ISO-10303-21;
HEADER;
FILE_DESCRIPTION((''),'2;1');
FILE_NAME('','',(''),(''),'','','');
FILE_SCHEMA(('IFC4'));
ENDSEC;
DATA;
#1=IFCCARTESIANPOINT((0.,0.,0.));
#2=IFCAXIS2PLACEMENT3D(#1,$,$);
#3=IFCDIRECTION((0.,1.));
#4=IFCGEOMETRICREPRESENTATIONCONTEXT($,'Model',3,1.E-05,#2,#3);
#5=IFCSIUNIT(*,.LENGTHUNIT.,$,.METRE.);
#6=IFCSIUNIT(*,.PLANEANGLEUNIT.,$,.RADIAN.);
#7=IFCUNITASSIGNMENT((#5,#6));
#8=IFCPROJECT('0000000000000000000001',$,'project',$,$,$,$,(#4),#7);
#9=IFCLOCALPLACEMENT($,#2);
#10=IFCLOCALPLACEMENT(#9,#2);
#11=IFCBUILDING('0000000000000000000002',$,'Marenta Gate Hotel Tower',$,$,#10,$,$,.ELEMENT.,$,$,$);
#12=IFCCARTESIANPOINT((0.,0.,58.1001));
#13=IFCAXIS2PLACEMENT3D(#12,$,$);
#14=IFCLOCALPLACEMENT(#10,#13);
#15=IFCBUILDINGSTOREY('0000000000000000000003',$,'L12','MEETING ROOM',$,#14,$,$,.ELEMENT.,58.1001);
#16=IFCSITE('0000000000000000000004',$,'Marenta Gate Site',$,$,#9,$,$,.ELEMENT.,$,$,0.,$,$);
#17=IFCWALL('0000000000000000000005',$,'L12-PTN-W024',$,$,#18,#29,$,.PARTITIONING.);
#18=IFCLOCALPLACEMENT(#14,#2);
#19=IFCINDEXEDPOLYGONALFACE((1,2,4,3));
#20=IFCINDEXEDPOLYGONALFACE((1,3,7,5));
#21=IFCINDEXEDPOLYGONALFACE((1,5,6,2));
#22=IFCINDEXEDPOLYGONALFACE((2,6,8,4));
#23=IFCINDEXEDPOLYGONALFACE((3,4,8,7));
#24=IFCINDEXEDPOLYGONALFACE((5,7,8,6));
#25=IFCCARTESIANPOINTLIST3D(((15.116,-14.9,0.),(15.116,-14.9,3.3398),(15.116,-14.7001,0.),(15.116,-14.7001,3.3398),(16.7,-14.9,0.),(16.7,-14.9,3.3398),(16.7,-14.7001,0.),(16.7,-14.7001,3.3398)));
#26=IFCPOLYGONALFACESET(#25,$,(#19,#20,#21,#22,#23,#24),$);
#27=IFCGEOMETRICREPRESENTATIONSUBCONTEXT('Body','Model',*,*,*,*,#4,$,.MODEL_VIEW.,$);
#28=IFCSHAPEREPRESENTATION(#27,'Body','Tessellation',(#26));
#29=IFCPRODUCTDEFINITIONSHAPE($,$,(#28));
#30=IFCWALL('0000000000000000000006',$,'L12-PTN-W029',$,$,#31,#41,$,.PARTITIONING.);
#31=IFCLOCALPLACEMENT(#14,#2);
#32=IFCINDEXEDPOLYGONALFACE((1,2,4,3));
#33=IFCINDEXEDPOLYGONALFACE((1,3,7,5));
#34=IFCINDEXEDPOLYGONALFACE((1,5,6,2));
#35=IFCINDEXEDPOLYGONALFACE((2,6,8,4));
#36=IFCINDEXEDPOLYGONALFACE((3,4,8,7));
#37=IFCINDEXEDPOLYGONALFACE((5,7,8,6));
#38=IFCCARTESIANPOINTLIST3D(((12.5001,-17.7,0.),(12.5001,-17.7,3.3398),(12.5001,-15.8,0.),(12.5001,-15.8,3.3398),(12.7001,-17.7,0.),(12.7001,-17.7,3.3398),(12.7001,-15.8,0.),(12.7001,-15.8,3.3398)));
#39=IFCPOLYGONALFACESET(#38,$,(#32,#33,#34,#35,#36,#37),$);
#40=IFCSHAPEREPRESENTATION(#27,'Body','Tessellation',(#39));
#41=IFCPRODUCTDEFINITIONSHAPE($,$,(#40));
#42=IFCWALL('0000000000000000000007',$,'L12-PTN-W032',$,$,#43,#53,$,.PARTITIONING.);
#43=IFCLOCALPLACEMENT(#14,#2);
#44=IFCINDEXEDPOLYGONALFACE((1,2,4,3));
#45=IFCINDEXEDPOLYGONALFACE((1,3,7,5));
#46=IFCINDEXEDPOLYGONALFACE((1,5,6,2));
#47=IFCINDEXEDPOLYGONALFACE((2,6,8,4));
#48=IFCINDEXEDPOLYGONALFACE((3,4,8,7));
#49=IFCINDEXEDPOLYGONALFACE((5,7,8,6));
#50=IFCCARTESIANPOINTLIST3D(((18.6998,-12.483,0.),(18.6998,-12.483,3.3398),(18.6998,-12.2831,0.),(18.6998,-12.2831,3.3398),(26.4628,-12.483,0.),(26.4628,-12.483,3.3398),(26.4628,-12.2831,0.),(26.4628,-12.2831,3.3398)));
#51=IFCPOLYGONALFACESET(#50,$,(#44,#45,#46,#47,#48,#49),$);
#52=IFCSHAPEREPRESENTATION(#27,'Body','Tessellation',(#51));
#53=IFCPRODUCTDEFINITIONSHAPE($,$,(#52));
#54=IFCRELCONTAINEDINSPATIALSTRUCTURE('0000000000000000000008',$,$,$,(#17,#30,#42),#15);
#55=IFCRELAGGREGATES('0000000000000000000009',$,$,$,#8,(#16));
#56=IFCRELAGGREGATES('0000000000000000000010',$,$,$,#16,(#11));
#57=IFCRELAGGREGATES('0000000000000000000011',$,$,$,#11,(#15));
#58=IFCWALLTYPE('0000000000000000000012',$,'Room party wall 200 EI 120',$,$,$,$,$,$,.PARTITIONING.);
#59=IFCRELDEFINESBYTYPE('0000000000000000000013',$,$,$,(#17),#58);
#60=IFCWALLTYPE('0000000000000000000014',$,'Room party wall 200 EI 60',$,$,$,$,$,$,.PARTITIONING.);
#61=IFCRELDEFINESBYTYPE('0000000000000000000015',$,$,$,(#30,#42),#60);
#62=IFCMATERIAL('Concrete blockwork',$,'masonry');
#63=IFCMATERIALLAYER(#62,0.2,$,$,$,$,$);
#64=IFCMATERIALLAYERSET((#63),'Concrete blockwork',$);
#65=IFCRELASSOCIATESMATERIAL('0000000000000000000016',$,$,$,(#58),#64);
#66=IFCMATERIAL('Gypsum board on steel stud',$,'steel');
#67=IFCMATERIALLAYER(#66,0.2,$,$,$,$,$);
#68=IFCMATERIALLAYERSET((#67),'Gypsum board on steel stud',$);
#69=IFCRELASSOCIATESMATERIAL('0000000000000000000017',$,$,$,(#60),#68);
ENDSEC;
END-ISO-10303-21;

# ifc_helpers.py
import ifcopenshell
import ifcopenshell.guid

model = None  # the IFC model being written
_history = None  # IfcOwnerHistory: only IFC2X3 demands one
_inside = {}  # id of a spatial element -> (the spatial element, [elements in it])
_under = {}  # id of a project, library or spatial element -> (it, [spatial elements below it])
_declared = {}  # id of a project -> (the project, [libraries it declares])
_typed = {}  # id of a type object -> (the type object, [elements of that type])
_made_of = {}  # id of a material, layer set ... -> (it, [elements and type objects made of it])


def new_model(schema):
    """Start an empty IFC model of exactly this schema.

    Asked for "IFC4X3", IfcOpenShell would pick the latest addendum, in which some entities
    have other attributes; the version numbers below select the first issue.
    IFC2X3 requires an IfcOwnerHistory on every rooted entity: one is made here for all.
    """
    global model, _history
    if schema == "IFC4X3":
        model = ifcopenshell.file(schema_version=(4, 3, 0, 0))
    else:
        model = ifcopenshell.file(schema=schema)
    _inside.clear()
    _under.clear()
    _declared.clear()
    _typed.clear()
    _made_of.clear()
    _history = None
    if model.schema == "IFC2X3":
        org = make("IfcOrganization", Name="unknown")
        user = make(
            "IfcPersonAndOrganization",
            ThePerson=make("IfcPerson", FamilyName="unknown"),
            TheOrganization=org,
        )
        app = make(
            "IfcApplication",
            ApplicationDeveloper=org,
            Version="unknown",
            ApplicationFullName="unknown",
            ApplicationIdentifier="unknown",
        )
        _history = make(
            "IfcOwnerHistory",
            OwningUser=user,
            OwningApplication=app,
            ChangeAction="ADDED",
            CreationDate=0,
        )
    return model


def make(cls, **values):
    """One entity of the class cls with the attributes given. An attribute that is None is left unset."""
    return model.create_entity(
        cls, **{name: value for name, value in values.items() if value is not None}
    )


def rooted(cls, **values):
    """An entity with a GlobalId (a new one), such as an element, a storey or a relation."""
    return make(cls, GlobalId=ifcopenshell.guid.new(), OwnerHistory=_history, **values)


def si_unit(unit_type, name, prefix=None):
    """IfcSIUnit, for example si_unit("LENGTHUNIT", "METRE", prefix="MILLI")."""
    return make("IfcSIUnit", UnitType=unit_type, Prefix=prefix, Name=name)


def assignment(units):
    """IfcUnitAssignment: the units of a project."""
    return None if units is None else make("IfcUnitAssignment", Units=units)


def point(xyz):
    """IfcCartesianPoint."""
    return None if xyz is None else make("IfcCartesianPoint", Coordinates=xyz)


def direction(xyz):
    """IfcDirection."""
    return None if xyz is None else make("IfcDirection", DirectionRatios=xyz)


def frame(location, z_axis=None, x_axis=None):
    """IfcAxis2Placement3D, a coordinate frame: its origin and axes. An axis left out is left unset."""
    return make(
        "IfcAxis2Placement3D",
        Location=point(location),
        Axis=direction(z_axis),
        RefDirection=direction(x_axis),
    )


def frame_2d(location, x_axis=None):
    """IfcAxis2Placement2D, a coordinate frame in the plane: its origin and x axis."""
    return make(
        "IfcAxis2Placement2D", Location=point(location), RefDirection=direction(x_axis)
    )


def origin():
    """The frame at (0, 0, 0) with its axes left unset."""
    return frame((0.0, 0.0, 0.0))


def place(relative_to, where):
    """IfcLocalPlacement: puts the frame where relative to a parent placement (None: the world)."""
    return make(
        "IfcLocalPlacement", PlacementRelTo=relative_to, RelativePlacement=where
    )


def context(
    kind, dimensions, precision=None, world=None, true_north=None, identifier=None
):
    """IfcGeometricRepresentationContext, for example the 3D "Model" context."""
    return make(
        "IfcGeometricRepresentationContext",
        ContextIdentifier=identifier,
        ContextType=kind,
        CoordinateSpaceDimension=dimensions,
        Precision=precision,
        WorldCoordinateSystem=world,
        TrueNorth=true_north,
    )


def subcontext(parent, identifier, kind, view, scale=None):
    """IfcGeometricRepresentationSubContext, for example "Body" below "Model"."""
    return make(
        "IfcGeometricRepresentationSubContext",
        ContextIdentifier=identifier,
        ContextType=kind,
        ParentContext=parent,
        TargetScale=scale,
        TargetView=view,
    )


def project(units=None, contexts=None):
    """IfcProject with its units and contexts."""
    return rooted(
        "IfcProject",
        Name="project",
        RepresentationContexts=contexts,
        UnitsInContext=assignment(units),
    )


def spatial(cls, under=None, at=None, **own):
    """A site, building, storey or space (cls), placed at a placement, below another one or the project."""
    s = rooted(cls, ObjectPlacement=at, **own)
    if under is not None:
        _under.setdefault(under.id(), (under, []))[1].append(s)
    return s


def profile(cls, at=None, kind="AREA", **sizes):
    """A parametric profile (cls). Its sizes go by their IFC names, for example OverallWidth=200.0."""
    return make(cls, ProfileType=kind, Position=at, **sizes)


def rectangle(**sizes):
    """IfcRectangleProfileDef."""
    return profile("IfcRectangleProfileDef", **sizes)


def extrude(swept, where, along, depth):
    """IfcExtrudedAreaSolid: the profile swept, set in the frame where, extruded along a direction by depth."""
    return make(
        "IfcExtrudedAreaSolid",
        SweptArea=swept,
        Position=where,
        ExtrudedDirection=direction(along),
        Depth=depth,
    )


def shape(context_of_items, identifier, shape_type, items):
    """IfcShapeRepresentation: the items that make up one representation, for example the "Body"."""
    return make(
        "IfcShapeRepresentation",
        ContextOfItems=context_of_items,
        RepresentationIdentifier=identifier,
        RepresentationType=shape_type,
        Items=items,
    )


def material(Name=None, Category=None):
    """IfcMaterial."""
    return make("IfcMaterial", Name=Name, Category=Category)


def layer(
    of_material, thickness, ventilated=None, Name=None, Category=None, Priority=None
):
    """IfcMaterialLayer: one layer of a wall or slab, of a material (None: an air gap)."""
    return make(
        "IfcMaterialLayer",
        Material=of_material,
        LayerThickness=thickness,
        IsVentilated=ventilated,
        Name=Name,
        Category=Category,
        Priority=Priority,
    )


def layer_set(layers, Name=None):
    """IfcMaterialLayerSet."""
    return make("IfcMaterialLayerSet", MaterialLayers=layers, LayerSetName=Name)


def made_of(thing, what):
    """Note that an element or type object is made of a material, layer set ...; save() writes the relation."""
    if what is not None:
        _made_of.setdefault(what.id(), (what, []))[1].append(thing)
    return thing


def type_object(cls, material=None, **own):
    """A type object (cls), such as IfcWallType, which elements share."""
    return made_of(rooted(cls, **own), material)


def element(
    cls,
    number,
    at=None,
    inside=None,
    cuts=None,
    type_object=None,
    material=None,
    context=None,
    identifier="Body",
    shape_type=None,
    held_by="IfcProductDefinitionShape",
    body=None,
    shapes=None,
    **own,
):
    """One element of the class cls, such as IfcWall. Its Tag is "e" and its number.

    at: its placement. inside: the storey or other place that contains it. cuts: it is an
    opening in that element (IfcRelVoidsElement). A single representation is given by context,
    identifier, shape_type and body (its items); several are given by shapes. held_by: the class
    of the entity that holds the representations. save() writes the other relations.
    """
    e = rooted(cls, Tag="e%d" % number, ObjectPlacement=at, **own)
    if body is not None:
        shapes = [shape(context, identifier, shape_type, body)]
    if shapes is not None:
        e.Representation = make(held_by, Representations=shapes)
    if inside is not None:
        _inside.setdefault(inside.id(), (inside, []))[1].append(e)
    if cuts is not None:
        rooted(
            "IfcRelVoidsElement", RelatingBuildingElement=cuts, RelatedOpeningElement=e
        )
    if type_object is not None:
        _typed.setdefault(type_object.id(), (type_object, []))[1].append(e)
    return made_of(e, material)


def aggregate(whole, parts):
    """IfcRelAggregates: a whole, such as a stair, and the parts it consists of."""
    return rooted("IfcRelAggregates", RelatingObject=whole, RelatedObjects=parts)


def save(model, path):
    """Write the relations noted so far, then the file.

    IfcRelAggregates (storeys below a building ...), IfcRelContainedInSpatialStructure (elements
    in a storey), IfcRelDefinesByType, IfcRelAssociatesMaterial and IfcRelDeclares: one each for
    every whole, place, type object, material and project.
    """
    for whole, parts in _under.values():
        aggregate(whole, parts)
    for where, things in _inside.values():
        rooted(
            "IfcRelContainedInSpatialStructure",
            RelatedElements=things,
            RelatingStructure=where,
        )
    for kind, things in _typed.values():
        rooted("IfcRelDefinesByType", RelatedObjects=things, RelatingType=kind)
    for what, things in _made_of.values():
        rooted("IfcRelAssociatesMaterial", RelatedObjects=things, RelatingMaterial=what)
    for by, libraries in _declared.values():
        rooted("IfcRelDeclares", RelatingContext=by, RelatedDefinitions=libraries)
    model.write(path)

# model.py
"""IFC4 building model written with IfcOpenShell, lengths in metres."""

from ifc_helpers import new_model, si_unit, direction, frame, frame_2d, origin, place, context, subcontext, project, spatial, rectangle, extrude, material, layer, layer_set, type_object, element, save


model = new_model("IFC4")

# Units and contexts
model_context = context("Model", 3, precision=1e-05, world=origin(), true_north=direction((0.0, 1.0)))
body_context = subcontext(model_context, "Body", "Model", "MODEL_VIEW")
ifc_project = project(units=[si_unit("LENGTHUNIT", "METRE"), si_unit("PLANEANGLEUNIT", "RADIAN")], contexts=[model_context])

# Site, building, storey
site_placement = place(None, origin())
site = spatial("IfcSite", under=ifc_project, at=site_placement, Name="Marenta Gate Site", CompositionType="ELEMENT", RefElevation=0.0)
building_placement = place(site_placement, origin())
building = spatial("IfcBuilding", under=site, at=building_placement, Name="Marenta Gate Hotel Tower", CompositionType="ELEMENT")
storey_placement = place(building_placement, frame((0.0, 0.0, 58.1001)))
storey = spatial("IfcBuildingStorey", under=building, at=storey_placement, Name="L12", Description="MEETING ROOM", CompositionType="ELEMENT", Elevation=58.1001)

# Walls
ifc_material_1 = material(Name="Concrete blockwork", Category="masonry")
ifc_layer_1 = layer(ifc_material_1, 0.2)
ifc_layer_set_1 = layer_set([ifc_layer_1], Name="Concrete blockwork")
wall_type_1 = type_object("IfcWallType", Name="Room party wall 200 EI 120", PredefinedType="PARTITIONING", material=ifc_layer_set_1)
wall_1_placement = place(storey_placement, frame((15.116, -14.8, 0.0), z_axis=(0.0, 0.0, 1.0), x_axis=(1.0, 0.0, 0.0)))
element("IfcWall", 1, at=wall_1_placement, inside=storey, type_object=wall_type_1, Name="L12-PTN-W024", PredefinedType="PARTITIONING", context=body_context, shape_type="SweptSolid", body=[
    extrude(rectangle(XDim=1.584, YDim=0.2, at=frame_2d((0.792, 0.0))), origin(), (0.0, 0.0, 1.0), 3.3398),
])
ifc_material_2 = material(Name="Gypsum board on steel stud", Category="steel")
ifc_layer_2 = layer(ifc_material_2, 0.2)
ifc_layer_set_2 = layer_set([ifc_layer_2], Name="Gypsum board on steel stud")
wall_type_2 = type_object("IfcWallType", Name="Room party wall 200 EI 60", PredefinedType="PARTITIONING", material=ifc_layer_set_2)
wall_2_placement = place(storey_placement, frame((12.6001, -17.7, 0.0), z_axis=(0.0, 0.0, 1.0), x_axis=(0.0, 1.0, 0.0)))
element("IfcWall", 2, at=wall_2_placement, inside=storey, type_object=wall_type_2, Name="L12-PTN-W029", PredefinedType="PARTITIONING", context=body_context, shape_type="SweptSolid", body=[
    extrude(rectangle(XDim=1.8999, YDim=0.2, at=frame_2d((0.95, 0.0))), origin(), (0.0, 0.0, 1.0), 3.3398),
])
wall_3_placement = place(storey_placement, frame((18.7, -12.3831, 0.0), z_axis=(0.0, 0.0, 1.0), x_axis=(1.0, 0.0, 0.0)))
element("IfcWall", 3, at=wall_3_placement, inside=storey, type_object=wall_type_2, Name="L12-PTN-W032", PredefinedType="PARTITIONING", context=body_context, shape_type="SweptSolid", body=[
    extrude(rectangle(XDim=7.7629, YDim=0.2, at=frame_2d((3.8813, 0.0))), origin(), (0.0, 0.0, 1.0), 3.3398),
])

save(model, "model.ifc")
